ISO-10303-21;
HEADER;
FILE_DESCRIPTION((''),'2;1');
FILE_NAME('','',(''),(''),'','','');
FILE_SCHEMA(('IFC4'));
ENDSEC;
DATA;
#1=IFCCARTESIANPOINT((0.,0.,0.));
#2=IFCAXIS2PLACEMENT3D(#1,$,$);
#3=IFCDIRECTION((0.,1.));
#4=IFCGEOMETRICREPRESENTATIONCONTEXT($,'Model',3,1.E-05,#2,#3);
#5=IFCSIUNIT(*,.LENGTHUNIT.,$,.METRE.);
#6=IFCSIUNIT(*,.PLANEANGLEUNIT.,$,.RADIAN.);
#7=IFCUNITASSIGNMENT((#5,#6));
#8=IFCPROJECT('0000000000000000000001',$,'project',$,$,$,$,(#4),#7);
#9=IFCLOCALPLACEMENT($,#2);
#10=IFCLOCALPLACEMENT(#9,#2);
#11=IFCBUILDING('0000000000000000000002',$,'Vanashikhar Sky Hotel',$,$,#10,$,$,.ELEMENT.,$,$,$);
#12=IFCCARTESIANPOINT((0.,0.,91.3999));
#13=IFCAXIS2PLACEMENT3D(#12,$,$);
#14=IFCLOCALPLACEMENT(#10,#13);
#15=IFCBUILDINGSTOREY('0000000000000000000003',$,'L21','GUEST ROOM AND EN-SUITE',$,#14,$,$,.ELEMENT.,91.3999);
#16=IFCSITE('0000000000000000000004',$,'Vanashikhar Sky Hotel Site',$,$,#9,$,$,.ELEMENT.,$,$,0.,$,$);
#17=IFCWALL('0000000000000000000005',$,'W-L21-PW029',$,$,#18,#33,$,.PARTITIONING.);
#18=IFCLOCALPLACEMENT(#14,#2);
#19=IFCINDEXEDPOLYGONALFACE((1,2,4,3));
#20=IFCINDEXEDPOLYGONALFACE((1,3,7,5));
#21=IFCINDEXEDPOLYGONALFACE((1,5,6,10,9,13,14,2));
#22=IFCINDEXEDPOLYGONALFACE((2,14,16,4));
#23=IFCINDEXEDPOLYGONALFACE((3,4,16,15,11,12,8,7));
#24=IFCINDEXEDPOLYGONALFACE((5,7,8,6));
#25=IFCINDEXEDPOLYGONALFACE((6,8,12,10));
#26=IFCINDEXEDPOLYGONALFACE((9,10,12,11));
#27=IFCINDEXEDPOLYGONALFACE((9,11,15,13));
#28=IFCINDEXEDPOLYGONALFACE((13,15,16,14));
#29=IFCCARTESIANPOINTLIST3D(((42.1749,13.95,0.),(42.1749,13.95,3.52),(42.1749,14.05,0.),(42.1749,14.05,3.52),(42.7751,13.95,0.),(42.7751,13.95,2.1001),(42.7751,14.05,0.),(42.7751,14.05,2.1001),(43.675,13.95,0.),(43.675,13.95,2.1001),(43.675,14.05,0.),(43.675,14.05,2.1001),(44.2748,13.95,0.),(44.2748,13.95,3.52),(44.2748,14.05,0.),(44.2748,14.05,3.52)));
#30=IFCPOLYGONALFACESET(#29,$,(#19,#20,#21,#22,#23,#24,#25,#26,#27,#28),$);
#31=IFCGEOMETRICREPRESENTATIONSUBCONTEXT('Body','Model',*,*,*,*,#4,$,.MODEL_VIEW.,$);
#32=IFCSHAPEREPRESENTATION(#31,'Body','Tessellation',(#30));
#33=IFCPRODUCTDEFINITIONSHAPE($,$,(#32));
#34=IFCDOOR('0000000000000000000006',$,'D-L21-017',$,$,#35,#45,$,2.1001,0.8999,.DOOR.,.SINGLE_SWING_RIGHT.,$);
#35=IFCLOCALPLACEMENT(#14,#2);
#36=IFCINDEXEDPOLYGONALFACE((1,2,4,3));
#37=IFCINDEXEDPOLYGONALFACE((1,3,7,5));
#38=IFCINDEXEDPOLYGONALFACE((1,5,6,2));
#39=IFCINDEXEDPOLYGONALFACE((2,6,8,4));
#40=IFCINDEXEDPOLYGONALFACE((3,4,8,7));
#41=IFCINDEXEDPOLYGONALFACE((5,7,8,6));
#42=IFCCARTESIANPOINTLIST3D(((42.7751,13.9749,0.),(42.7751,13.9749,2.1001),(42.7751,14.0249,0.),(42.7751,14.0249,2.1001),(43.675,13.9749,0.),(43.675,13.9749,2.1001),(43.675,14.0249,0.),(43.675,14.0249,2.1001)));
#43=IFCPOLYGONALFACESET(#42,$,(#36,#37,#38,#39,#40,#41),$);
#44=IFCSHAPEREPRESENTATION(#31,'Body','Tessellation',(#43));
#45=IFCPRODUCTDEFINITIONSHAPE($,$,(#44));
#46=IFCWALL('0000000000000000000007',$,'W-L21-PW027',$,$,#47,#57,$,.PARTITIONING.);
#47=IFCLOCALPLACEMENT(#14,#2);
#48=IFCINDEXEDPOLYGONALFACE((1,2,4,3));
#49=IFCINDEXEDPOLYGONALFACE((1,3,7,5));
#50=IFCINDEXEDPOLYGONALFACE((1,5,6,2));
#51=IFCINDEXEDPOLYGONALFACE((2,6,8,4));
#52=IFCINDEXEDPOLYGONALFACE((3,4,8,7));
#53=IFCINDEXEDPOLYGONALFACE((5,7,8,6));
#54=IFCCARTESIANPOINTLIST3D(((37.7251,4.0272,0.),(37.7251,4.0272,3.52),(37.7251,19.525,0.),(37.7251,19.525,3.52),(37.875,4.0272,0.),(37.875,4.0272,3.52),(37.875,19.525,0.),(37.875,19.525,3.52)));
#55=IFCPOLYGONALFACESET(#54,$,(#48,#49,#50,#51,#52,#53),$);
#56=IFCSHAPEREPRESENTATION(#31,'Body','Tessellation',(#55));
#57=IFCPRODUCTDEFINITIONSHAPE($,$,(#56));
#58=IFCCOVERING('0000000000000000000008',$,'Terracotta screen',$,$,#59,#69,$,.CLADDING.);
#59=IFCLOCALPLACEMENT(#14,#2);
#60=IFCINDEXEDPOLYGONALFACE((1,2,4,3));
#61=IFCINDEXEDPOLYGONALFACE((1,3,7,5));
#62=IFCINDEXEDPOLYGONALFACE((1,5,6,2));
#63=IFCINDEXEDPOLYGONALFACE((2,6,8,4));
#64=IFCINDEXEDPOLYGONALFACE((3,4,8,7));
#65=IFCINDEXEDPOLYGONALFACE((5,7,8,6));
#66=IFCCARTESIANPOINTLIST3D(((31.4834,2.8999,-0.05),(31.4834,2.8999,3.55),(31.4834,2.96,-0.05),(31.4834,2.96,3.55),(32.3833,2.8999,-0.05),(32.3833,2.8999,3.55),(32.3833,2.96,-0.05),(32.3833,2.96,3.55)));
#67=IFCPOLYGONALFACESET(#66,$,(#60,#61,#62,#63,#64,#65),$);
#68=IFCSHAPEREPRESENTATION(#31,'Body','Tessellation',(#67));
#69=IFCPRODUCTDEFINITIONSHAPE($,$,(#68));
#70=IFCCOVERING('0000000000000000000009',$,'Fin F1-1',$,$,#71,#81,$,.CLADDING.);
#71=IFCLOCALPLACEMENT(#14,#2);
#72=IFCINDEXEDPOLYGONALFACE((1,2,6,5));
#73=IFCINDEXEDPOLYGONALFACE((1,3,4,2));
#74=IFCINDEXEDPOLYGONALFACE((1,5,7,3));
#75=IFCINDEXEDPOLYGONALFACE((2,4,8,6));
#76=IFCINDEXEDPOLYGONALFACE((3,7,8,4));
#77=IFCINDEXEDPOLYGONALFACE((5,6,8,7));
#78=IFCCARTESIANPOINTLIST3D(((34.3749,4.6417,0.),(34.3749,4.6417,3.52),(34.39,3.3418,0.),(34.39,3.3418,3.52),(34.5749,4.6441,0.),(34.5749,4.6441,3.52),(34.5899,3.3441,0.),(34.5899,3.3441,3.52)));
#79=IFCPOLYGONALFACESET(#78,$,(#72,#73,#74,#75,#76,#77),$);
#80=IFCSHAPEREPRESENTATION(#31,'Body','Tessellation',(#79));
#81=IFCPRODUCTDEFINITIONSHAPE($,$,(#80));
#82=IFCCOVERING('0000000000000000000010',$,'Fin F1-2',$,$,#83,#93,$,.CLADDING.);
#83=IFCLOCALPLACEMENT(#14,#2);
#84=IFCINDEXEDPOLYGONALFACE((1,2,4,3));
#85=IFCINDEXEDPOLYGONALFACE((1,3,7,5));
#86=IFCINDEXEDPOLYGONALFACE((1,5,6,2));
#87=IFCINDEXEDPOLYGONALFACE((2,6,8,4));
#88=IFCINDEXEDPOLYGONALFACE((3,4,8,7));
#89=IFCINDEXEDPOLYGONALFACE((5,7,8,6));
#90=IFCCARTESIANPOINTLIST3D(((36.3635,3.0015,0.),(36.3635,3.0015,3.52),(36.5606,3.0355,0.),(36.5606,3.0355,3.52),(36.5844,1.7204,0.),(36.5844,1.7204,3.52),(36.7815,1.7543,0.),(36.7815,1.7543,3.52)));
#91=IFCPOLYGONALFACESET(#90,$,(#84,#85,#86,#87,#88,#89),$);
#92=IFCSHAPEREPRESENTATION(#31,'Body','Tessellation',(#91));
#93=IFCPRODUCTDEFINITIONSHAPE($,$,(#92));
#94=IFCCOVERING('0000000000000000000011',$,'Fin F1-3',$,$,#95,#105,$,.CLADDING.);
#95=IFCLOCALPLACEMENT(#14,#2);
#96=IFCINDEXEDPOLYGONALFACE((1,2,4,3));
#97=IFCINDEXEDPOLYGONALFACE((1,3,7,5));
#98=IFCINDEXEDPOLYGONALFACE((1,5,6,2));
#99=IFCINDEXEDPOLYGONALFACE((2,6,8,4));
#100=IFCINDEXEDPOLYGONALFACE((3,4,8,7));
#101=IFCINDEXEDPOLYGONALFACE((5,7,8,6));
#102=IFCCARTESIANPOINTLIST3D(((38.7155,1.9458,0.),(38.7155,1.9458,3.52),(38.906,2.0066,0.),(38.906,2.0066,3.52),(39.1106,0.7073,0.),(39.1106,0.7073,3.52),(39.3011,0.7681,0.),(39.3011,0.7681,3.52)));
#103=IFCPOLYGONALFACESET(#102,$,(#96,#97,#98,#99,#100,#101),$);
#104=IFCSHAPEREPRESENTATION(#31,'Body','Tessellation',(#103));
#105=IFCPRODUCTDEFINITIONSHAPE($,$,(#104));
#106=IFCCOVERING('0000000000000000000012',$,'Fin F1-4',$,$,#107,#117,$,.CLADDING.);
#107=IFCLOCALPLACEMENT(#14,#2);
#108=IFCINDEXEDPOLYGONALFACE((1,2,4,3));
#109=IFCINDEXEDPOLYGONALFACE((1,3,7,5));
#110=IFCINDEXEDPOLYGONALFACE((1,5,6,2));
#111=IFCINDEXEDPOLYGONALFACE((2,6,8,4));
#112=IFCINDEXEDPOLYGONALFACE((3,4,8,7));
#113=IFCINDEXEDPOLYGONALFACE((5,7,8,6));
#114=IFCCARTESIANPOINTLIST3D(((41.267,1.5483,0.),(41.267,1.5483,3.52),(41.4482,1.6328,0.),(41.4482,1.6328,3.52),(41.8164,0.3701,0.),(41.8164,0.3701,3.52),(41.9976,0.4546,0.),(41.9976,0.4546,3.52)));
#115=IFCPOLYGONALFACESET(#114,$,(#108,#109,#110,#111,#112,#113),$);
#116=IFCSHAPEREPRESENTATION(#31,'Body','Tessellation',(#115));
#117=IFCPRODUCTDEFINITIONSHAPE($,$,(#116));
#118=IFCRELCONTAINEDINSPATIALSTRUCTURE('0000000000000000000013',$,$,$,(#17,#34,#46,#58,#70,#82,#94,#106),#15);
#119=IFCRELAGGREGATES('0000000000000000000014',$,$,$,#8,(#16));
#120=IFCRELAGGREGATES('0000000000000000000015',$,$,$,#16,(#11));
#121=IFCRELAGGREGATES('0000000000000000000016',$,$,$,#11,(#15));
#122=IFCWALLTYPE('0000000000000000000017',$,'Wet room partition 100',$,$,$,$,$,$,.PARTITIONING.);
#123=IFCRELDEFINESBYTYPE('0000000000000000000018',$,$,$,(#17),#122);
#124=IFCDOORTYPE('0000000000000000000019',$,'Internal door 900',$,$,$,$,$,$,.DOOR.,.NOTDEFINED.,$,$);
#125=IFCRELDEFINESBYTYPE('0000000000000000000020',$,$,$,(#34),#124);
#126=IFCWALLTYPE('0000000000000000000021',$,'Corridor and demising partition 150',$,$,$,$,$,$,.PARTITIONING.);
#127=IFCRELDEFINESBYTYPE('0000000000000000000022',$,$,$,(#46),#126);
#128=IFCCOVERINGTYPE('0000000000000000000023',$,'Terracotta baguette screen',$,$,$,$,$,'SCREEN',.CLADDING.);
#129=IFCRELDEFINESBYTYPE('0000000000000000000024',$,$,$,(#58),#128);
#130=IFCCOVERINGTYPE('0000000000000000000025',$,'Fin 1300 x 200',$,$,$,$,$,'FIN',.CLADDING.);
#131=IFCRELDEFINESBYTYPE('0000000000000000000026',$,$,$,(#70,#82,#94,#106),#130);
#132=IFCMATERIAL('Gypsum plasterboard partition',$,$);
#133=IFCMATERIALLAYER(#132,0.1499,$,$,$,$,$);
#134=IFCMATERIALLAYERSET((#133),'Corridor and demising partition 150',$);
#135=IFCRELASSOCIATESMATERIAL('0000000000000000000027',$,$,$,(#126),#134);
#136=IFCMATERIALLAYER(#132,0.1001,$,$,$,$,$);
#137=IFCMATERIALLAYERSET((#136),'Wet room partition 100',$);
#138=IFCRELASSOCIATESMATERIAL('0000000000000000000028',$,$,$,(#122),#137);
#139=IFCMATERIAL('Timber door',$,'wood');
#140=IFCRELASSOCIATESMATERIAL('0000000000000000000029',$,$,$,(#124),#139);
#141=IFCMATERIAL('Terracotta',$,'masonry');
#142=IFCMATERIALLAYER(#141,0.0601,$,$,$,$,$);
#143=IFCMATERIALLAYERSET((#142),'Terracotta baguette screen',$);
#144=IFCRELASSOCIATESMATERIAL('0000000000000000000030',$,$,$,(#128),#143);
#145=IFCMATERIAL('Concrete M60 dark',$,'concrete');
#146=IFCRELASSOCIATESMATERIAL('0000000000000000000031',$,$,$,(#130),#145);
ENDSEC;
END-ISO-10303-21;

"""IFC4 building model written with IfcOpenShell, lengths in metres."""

from ifc_helpers import new_model, si_unit, direction, frame, frame_2d, origin, origin_2d, place, context, subcontext, project, spatial, rectangle, extrude, source, transform, mapped, material, layer, layer_set, material_profile, profile_set, type_object, element, fill, save


model = new_model("IFC4")

# Units and contexts
model_context = context("Model", 3, precision=1e-05, world=origin(), true_north=direction((0.0, 1.0)))
body_context = subcontext(model_context, "Body", "Model", "MODEL_VIEW")
ifc_project = project(units=[si_unit("LENGTHUNIT", "METRE"), si_unit("PLANEANGLEUNIT", "RADIAN")], contexts=[model_context])

# Site, building, storey
site_placement = place(None, origin())
site = spatial("IfcSite", under=ifc_project, at=site_placement, Name="Vanashikhar Sky Hotel Site", CompositionType="ELEMENT", RefElevation=0.0)
building_placement = place(site_placement, origin())
building = spatial("IfcBuilding", under=site, at=building_placement, Name="Vanashikhar Sky Hotel", CompositionType="ELEMENT")
storey_placement = place(building_placement, frame((0.0, 0.0, 91.3999)))
storey = spatial("IfcBuildingStorey", under=building, at=storey_placement, Name="L21", Description="GUEST ROOM AND EN-SUITE", CompositionType="ELEMENT", Elevation=91.3999)

# Shared definitions
ifc_material_1 = material(Name="Gypsum plasterboard partition")
ifc_layer_1 = layer(ifc_material_1, 0.1499)
ifc_layer_set_1 = layer_set([ifc_layer_1], Name="Corridor and demising partition 150")
wall_type_1 = type_object("IfcWallType", Name="Corridor and demising partition 150", PredefinedType="PARTITIONING", material=ifc_layer_set_1)
ifc_layer_2 = layer(ifc_material_1, 0.1001)
ifc_layer_set_2 = layer_set([ifc_layer_2], Name="Wet room partition 100")
wall_type_2 = type_object("IfcWallType", Name="Wet room partition 100", PredefinedType="PARTITIONING", material=ifc_layer_set_2)

# Wall, opening, door
shared_shape_1 = source(origin(), body_context, "Body", "SweptSolid", [
    extrude(rectangle(XDim=0.8999, YDim=2.1001, at=frame_2d((0.45, 1.05))), frame((0.0, 0.0601, 0.0), z_axis=(0.0, -1.0, 0.0), x_axis=(1.0, 0.0, 0.0)), (0.0, 0.0, 1.0), 0.1201),
])
ifc_material_2 = material(Name="Timber door", Category="wood")
door_type = type_object("IfcDoorType", Name="Internal door 900", OperationType="NOTDEFINED", PredefinedType="DOOR", material=ifc_material_2)
shared_shape_2 = source(origin(), body_context, "Body", "SweptSolid", [
    extrude(rectangle(XDim=0.8999, YDim=2.1001, at=frame_2d((0.45, 1.05))), frame((0.0, 0.0249, 0.0), z_axis=(0.0, -1.0, 0.0), x_axis=(1.0, 0.0, 0.0)), (0.0, 0.0, 1.0), 0.05),
])
shared_shape_3 = source(origin(), body_context, "Body", "SweptSolid", [
    extrude(rectangle(XDim=2.0999, YDim=0.1001, at=frame_2d((1.0498, 0.0))), origin(), (0.0, 0.0, 1.0), 3.52),
])
wall_1_placement = place(storey_placement, frame((42.175, 14.0, 0.0), z_axis=(0.0, 0.0, 1.0), x_axis=(1.0, 0.0, 0.0)))
wall_1 = element("IfcWall", 1, at=wall_1_placement, inside=storey, type_object=wall_type_2, Name="W-L21-PW029", PredefinedType="PARTITIONING", context=body_context, shape_type="MappedRepresentation", body=[
    mapped(shared_shape_3, transform((0.0, 0.0, 0.0), scale=1.0)),
])
opening_1_placement = place(wall_1_placement, frame((0.6001, 0.0, 0.0)))
opening_1 = element("IfcOpeningElement", 2, at=opening_1_placement, cuts=wall_1, PredefinedType="OPENING", context=body_context, shape_type="MappedRepresentation", body=[
    mapped(shared_shape_1, transform((0.0, 0.0, 0.0), scale=1.0)),
])
door_1_placement = place(opening_1_placement, origin())
door_1 = element("IfcDoor", 3, at=door_1_placement, inside=storey, type_object=door_type, Name="D-L21-017", OperationType="SINGLE_SWING_RIGHT", OverallHeight=2.1001, OverallWidth=0.8999, PredefinedType="DOOR", context=body_context, shape_type="MappedRepresentation", body=[
    mapped(shared_shape_2, transform((0.0, 0.0, 0.0), scale=1.0)),
])
fill(opening_1, door_1)

# Wall
shared_shape_4 = source(origin(), body_context, "Body", "SweptSolid", [
    extrude(rectangle(XDim=15.4978, YDim=0.1499, at=frame_2d((7.749, 0.0))), origin(), (0.0, 0.0, 1.0), 3.52),
])
wall_2_placement = place(storey_placement, frame((37.8, 4.0271, 0.0), z_axis=(0.0, 0.0, 1.0), x_axis=(0.0, 1.0, 0.0)))
element("IfcWall", 4, at=wall_2_placement, inside=storey, type_object=wall_type_1, Name="W-L21-PW027", PredefinedType="PARTITIONING", context=body_context, shape_type="MappedRepresentation", body=[
    mapped(shared_shape_4, transform((0.0, 0.0, 0.0), scale=1.0)),
])

# Coverings
ifc_material_3 = material(Name="Terracotta", Category="masonry")
ifc_layer_3 = layer(ifc_material_3, 0.0601)
ifc_layer_set_3 = layer_set([ifc_layer_3], Name="Terracotta baguette screen")
covering_type_1 = type_object("IfcCoveringType", Name="Terracotta baguette screen", ElementType="SCREEN", PredefinedType="CLADDING", material=ifc_layer_set_3)
shared_shape_5 = source(origin(), body_context, "Body", "SweptSolid", [
    extrude(rectangle(XDim=0.8999, YDim=0.0601, at=origin_2d()), origin(), (0.0, 0.0, 1.0), 3.6001),
])
covering_placement = place(storey_placement, frame((31.9333, 2.9299, -0.05), z_axis=(0.0, 0.0, 1.0), x_axis=(1.0, 0.0, 0.0)))
element("IfcCovering", 5, at=covering_placement, inside=storey, type_object=covering_type_1, Name="Terracotta screen", PredefinedType="CLADDING", context=body_context, shape_type="MappedRepresentation", body=[
    mapped(shared_shape_5, transform((0.0, 0.0, 0.0), scale=1.0)),
])
ifc_material_4 = material(Name="Concrete M60 dark", Category="concrete")
ifc_material_profile_1 = material_profile(ifc_material_4, rectangle(XDim=1.3, YDim=0.2, at=origin_2d()))
ifc_profile_set_1 = profile_set([ifc_material_profile_1], Name="Fin 1300 x 200")
covering_type_2 = type_object("IfcCoveringType", Name="Fin 1300 x 200", ElementType="FIN", PredefinedType="CLADDING", material=ifc_profile_set_1)
shared_shape_6 = source(origin(), body_context, "Body", "SweptSolid", [
    extrude(rectangle(XDim=1.3, YDim=0.2, at=origin_2d()), origin(), (0.0, 0.0, 1.0), 3.52),
])
for number, where, z_axis, x_axis, name in (
    (6, (34.4824, 3.9929, 0.0), (0.0, 0.0, 1.0), (0.011589, -0.999933, 0.0), "Fin F1-1"),
    (7, (36.5725, 2.3779, 0.0), (0.0, 0.0, 1.0), (0.1699, -0.985461, 0.0), "Fin F1-2"),
    (8, (39.0083, 1.3569, 0.0), (0.0, 0.0, 1.0), (0.303967, -0.952683, 0.0), "Fin F1-3"),
    (9, (41.6323, 1.0015, 0.0), (0.0, 0.0, 1.0), (0.422618, -0.906308, 0.0), "Fin F1-4"),
):
    element("IfcCovering", number, at=place(storey_placement, frame(where, z_axis=z_axis, x_axis=x_axis)), inside=storey, type_object=covering_type_2, Name=name, PredefinedType="CLADDING", context=body_context, shape_type="MappedRepresentation", body=[
        mapped(shared_shape_6, transform((0.0, 0.0, 0.0), scale=1.0)),
    ])

save(model, "model.ifc")
